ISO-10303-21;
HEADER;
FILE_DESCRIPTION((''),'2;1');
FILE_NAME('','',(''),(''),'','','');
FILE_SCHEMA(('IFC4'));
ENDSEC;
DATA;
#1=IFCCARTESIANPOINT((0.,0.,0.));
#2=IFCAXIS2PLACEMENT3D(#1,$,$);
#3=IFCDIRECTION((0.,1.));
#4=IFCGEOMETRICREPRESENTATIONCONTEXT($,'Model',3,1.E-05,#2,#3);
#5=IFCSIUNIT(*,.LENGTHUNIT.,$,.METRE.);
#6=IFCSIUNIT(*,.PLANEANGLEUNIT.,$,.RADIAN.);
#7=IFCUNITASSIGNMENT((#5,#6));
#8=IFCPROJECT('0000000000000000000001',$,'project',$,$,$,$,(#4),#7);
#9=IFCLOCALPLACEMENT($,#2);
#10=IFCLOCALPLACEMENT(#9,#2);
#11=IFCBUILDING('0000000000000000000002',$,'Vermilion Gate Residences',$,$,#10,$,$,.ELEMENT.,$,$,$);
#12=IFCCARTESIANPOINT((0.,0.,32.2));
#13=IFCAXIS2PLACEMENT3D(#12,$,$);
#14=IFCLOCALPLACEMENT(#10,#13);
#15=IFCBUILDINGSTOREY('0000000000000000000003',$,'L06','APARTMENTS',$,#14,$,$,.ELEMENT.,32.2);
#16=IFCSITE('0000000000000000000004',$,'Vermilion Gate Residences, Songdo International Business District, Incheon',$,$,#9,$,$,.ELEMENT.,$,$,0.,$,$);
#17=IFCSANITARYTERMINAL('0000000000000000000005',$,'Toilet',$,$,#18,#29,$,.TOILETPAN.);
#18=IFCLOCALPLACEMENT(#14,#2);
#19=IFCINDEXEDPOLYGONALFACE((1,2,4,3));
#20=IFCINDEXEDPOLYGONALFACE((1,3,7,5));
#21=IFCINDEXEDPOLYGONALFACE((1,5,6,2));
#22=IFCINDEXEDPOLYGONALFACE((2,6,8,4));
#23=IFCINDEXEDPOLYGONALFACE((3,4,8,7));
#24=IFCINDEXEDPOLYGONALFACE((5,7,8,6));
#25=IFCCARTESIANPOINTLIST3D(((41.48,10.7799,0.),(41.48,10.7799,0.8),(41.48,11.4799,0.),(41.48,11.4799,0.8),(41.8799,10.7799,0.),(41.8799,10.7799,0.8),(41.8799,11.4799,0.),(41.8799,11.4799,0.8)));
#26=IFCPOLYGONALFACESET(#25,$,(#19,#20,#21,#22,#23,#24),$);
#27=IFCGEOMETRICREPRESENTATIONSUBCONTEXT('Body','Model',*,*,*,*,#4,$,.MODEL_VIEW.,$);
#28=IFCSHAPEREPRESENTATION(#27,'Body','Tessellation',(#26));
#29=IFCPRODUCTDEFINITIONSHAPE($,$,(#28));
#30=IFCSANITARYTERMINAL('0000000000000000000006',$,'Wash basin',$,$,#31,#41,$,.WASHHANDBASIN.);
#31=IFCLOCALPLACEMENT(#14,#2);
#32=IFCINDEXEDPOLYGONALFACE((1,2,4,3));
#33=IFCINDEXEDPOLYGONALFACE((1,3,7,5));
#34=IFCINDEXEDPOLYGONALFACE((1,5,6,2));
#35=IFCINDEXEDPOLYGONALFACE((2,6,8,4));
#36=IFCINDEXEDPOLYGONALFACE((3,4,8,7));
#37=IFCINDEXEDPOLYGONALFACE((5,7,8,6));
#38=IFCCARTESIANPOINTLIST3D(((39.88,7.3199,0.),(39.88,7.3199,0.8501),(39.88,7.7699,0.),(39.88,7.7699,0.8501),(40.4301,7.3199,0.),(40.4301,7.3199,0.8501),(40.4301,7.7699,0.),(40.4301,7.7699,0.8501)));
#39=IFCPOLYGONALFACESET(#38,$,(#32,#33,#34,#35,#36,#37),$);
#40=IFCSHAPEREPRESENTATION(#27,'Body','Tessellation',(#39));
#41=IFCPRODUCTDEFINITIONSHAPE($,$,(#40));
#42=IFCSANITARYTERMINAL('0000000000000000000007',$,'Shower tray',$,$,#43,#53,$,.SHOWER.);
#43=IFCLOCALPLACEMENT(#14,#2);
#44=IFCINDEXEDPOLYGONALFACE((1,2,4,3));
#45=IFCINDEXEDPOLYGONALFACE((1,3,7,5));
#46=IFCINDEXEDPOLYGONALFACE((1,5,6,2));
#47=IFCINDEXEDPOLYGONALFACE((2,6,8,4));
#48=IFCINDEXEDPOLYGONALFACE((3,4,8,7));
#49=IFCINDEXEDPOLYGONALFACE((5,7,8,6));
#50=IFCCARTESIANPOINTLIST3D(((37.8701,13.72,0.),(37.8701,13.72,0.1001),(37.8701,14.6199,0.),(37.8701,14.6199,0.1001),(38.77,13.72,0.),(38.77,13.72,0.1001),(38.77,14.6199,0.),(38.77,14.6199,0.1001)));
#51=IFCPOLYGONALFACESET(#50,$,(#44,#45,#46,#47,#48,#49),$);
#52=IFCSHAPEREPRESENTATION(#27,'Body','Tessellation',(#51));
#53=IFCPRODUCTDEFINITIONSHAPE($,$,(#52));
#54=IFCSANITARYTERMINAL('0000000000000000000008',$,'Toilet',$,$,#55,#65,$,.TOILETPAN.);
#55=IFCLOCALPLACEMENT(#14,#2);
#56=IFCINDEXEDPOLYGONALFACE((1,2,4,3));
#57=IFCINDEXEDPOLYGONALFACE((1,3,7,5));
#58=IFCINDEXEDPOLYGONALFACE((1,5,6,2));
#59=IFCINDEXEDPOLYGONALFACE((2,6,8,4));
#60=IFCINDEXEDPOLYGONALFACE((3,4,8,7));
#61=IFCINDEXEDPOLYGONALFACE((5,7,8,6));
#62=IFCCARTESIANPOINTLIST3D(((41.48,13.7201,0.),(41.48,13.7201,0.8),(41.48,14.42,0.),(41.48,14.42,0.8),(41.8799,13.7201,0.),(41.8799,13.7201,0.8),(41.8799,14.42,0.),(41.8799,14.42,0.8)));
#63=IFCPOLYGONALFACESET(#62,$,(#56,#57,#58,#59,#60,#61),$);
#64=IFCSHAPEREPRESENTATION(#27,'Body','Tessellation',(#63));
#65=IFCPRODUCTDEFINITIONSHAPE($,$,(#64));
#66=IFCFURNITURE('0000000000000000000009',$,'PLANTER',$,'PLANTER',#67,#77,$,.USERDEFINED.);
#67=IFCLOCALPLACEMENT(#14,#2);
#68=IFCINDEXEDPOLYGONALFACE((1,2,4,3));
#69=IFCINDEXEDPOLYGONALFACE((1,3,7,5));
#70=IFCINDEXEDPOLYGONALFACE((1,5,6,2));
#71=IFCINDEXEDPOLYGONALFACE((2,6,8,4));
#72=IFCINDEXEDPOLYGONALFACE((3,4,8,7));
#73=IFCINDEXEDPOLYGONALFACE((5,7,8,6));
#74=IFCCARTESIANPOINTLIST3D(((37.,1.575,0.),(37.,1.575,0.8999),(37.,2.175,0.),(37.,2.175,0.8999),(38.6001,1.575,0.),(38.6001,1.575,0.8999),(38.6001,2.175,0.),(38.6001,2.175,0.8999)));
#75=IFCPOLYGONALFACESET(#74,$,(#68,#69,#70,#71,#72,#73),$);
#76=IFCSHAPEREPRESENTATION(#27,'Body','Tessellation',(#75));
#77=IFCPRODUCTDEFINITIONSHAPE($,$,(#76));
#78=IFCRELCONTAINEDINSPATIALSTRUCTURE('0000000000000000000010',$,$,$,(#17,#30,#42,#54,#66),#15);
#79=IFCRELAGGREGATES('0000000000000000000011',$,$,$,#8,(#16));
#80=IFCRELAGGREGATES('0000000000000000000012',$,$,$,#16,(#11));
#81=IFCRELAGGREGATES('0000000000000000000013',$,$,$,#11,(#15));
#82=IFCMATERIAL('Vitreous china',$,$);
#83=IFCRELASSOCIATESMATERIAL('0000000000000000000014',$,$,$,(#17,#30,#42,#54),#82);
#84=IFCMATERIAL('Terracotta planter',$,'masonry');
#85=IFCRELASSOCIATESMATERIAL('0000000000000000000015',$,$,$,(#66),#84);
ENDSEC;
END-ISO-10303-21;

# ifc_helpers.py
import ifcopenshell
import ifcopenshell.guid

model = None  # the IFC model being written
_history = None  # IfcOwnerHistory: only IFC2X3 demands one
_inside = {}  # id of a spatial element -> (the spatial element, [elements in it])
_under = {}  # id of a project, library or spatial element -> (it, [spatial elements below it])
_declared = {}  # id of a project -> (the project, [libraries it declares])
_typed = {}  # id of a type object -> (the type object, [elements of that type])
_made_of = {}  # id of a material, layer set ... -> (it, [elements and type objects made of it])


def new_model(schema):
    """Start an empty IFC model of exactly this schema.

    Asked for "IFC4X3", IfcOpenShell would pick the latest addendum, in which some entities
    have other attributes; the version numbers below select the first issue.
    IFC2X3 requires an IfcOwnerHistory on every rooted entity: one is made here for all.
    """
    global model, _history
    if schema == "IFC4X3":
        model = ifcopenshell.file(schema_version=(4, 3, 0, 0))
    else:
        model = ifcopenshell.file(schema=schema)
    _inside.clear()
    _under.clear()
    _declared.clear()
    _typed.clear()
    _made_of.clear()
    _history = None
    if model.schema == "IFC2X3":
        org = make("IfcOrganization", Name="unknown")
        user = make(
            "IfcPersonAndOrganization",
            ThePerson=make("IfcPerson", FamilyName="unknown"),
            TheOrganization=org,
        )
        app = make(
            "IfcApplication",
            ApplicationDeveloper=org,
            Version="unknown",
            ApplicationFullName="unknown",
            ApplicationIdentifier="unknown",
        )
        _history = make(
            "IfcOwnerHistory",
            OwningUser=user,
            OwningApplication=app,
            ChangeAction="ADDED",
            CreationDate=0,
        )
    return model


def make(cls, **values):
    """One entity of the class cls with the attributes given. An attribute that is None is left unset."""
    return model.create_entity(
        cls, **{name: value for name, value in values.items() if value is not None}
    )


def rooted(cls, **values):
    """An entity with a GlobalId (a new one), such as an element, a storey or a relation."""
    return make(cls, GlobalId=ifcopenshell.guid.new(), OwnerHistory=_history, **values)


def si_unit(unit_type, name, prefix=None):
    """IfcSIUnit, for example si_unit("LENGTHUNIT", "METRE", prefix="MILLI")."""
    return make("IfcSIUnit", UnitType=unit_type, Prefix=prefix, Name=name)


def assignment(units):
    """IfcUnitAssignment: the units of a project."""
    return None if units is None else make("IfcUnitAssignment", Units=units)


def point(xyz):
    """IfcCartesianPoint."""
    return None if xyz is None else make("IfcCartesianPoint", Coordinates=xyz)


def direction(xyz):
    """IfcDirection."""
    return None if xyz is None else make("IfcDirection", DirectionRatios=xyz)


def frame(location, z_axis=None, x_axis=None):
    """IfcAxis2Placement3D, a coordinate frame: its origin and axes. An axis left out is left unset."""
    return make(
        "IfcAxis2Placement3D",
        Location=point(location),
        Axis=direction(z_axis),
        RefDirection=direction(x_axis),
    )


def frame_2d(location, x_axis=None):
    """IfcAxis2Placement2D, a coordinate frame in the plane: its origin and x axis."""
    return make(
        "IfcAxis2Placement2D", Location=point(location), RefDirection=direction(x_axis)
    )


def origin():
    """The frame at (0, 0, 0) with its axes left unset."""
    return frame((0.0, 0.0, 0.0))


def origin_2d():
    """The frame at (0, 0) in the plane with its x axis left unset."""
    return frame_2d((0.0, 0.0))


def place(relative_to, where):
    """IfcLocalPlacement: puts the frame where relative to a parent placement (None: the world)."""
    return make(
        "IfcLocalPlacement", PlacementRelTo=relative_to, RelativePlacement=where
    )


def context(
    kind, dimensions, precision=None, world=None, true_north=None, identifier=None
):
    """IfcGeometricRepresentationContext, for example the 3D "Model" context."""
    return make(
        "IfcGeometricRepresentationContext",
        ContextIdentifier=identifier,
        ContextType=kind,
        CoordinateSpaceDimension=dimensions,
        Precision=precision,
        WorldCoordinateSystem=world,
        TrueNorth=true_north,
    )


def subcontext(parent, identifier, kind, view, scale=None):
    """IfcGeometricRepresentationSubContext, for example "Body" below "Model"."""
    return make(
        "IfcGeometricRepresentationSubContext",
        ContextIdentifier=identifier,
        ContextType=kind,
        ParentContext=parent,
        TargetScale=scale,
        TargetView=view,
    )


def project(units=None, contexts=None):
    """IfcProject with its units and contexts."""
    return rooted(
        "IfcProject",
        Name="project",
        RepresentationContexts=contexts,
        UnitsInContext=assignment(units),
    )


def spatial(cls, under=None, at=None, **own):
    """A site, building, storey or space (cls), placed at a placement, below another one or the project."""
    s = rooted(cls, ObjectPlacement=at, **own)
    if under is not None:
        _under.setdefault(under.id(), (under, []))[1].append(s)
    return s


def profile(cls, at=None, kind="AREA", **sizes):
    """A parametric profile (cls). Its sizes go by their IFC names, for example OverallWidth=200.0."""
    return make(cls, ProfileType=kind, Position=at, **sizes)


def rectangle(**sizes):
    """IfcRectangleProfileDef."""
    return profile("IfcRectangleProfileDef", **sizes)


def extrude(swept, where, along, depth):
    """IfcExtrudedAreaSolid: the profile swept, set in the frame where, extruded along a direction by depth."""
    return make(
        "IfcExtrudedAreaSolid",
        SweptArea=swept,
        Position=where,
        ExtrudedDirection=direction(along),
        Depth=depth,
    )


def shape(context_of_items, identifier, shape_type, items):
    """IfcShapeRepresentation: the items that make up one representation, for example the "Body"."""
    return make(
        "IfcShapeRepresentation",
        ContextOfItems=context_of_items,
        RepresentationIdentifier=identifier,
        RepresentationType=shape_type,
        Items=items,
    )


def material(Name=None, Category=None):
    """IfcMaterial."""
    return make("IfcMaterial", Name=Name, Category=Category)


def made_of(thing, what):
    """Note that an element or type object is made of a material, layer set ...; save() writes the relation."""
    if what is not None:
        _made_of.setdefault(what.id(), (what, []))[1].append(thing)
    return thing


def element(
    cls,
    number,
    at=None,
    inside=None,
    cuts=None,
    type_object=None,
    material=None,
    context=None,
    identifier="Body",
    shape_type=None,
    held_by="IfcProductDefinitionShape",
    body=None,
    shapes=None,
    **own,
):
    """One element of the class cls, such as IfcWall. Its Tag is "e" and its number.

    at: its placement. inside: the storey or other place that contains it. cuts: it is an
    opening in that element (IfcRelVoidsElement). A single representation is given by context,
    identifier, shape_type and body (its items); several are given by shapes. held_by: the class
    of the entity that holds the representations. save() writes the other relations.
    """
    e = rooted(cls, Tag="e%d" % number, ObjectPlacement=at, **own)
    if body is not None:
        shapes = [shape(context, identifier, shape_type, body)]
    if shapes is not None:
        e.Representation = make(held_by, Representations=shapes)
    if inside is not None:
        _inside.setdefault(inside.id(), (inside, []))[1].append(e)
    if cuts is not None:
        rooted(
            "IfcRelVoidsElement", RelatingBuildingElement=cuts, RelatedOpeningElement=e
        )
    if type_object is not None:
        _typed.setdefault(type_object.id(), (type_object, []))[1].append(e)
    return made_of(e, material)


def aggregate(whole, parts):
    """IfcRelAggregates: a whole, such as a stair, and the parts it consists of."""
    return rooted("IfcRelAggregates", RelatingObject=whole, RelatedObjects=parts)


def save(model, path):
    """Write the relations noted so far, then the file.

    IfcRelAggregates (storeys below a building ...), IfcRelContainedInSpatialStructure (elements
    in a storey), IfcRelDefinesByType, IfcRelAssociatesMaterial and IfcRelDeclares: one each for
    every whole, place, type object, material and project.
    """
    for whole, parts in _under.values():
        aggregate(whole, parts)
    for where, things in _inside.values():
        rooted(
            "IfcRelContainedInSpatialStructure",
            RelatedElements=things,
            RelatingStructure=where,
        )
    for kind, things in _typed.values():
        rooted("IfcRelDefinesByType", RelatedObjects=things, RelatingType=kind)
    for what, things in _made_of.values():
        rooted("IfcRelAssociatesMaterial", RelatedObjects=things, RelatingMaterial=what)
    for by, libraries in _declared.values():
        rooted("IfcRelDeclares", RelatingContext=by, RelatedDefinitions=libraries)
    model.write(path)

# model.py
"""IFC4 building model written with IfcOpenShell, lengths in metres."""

from ifc_helpers import new_model, si_unit, direction, frame, origin, origin_2d, place, context, subcontext, project, spatial, rectangle, extrude, material, element, save


model = new_model("IFC4")

# Units and contexts
model_context = context("Model", 3, precision=1e-05, world=origin(), true_north=direction((0.0, 1.0)))
body_context = subcontext(model_context, "Body", "Model", "MODEL_VIEW")
ifc_project = project(units=[si_unit("LENGTHUNIT", "METRE"), si_unit("PLANEANGLEUNIT", "RADIAN")], contexts=[model_context])

# Site, building, storey
site_placement = place(None, origin())
site = spatial("IfcSite", under=ifc_project, at=site_placement, Name="Vermilion Gate Residences, Songdo International Business District, Incheon", CompositionType="ELEMENT", RefElevation=0.0)
building_placement = place(site_placement, origin())
building = spatial("IfcBuilding", under=site, at=building_placement, Name="Vermilion Gate Residences", CompositionType="ELEMENT")
storey_placement = place(building_placement, frame((0.0, 0.0, 32.2)))
storey = spatial("IfcBuildingStorey", under=building, at=storey_placement, Name="L06", Description="APARTMENTS", CompositionType="ELEMENT", Elevation=32.2)

# Sanitary terminals
ifc_material_1 = material(Name="Vitreous china")
sanitary_terminal_1_placement = place(storey_placement, frame((41.6799, 11.1299, 0.0), z_axis=(0.0, 0.0, 1.0), x_axis=(1.0, 0.0, 0.0)))
element("IfcSanitaryTerminal", 1, at=sanitary_terminal_1_placement, inside=storey, material=ifc_material_1, Name="Toilet", PredefinedType="TOILETPAN", context=body_context, shape_type="SweptSolid", body=[
    extrude(rectangle(XDim=0.3999, YDim=0.7, at=origin_2d()), origin(), (0.0, 0.0, 1.0), 0.8),
])
sanitary_terminal_2_placement = place(storey_placement, frame((40.155, 7.5449, 0.0), z_axis=(0.0, 0.0, 1.0), x_axis=(1.0, 0.0, 0.0)))
element("IfcSanitaryTerminal", 2, at=sanitary_terminal_2_placement, inside=storey, material=ifc_material_1, Name="Wash basin", PredefinedType="WASHHANDBASIN", context=body_context, shape_type="SweptSolid", body=[
    extrude(rectangle(XDim=0.55, YDim=0.45, at=origin_2d()), origin(), (0.0, 0.0, 1.0), 0.8501),
])
sanitary_terminal_3_placement = place(storey_placement, frame((38.3201, 14.1699, 0.0), z_axis=(0.0, 0.0, 1.0), x_axis=(1.0, 0.0, 0.0)))
element("IfcSanitaryTerminal", 3, at=sanitary_terminal_3_placement, inside=storey, material=ifc_material_1, Name="Shower tray", PredefinedType="SHOWER", context=body_context, shape_type="SweptSolid", body=[
    extrude(rectangle(XDim=0.8999, YDim=0.8999, at=origin_2d()), origin(), (0.0, 0.0, 1.0), 0.1001),
])
sanitary_terminal_4_placement = place(storey_placement, frame((41.6799, 14.0701, 0.0), z_axis=(0.0, 0.0, 1.0), x_axis=(1.0, 0.0, 0.0)))
element("IfcSanitaryTerminal", 4, at=sanitary_terminal_4_placement, inside=storey, material=ifc_material_1, Name="Toilet", PredefinedType="TOILETPAN", context=body_context, shape_type="SweptSolid", body=[
    extrude(rectangle(XDim=0.3999, YDim=0.7, at=origin_2d()), origin(), (0.0, 0.0, 1.0), 0.8),
])

# Furniture
ifc_material_2 = material(Name="Terracotta planter", Category="masonry")
furniture_placement = place(storey_placement, frame((37.8, 1.875, 0.0), z_axis=(0.0, 0.0, 1.0), x_axis=(1.0, 0.0, 0.0)))
element("IfcFurniture", 5, at=furniture_placement, inside=storey, material=ifc_material_2, Name="PLANTER", ObjectType="PLANTER", PredefinedType="USERDEFINED", context=body_context, shape_type="SweptSolid", body=[
    extrude(rectangle(XDim=1.6001, YDim=0.6001, at=origin_2d()), origin(), (0.0, 0.0, 1.0), 0.8999),
])

save(model, "model.ifc")
